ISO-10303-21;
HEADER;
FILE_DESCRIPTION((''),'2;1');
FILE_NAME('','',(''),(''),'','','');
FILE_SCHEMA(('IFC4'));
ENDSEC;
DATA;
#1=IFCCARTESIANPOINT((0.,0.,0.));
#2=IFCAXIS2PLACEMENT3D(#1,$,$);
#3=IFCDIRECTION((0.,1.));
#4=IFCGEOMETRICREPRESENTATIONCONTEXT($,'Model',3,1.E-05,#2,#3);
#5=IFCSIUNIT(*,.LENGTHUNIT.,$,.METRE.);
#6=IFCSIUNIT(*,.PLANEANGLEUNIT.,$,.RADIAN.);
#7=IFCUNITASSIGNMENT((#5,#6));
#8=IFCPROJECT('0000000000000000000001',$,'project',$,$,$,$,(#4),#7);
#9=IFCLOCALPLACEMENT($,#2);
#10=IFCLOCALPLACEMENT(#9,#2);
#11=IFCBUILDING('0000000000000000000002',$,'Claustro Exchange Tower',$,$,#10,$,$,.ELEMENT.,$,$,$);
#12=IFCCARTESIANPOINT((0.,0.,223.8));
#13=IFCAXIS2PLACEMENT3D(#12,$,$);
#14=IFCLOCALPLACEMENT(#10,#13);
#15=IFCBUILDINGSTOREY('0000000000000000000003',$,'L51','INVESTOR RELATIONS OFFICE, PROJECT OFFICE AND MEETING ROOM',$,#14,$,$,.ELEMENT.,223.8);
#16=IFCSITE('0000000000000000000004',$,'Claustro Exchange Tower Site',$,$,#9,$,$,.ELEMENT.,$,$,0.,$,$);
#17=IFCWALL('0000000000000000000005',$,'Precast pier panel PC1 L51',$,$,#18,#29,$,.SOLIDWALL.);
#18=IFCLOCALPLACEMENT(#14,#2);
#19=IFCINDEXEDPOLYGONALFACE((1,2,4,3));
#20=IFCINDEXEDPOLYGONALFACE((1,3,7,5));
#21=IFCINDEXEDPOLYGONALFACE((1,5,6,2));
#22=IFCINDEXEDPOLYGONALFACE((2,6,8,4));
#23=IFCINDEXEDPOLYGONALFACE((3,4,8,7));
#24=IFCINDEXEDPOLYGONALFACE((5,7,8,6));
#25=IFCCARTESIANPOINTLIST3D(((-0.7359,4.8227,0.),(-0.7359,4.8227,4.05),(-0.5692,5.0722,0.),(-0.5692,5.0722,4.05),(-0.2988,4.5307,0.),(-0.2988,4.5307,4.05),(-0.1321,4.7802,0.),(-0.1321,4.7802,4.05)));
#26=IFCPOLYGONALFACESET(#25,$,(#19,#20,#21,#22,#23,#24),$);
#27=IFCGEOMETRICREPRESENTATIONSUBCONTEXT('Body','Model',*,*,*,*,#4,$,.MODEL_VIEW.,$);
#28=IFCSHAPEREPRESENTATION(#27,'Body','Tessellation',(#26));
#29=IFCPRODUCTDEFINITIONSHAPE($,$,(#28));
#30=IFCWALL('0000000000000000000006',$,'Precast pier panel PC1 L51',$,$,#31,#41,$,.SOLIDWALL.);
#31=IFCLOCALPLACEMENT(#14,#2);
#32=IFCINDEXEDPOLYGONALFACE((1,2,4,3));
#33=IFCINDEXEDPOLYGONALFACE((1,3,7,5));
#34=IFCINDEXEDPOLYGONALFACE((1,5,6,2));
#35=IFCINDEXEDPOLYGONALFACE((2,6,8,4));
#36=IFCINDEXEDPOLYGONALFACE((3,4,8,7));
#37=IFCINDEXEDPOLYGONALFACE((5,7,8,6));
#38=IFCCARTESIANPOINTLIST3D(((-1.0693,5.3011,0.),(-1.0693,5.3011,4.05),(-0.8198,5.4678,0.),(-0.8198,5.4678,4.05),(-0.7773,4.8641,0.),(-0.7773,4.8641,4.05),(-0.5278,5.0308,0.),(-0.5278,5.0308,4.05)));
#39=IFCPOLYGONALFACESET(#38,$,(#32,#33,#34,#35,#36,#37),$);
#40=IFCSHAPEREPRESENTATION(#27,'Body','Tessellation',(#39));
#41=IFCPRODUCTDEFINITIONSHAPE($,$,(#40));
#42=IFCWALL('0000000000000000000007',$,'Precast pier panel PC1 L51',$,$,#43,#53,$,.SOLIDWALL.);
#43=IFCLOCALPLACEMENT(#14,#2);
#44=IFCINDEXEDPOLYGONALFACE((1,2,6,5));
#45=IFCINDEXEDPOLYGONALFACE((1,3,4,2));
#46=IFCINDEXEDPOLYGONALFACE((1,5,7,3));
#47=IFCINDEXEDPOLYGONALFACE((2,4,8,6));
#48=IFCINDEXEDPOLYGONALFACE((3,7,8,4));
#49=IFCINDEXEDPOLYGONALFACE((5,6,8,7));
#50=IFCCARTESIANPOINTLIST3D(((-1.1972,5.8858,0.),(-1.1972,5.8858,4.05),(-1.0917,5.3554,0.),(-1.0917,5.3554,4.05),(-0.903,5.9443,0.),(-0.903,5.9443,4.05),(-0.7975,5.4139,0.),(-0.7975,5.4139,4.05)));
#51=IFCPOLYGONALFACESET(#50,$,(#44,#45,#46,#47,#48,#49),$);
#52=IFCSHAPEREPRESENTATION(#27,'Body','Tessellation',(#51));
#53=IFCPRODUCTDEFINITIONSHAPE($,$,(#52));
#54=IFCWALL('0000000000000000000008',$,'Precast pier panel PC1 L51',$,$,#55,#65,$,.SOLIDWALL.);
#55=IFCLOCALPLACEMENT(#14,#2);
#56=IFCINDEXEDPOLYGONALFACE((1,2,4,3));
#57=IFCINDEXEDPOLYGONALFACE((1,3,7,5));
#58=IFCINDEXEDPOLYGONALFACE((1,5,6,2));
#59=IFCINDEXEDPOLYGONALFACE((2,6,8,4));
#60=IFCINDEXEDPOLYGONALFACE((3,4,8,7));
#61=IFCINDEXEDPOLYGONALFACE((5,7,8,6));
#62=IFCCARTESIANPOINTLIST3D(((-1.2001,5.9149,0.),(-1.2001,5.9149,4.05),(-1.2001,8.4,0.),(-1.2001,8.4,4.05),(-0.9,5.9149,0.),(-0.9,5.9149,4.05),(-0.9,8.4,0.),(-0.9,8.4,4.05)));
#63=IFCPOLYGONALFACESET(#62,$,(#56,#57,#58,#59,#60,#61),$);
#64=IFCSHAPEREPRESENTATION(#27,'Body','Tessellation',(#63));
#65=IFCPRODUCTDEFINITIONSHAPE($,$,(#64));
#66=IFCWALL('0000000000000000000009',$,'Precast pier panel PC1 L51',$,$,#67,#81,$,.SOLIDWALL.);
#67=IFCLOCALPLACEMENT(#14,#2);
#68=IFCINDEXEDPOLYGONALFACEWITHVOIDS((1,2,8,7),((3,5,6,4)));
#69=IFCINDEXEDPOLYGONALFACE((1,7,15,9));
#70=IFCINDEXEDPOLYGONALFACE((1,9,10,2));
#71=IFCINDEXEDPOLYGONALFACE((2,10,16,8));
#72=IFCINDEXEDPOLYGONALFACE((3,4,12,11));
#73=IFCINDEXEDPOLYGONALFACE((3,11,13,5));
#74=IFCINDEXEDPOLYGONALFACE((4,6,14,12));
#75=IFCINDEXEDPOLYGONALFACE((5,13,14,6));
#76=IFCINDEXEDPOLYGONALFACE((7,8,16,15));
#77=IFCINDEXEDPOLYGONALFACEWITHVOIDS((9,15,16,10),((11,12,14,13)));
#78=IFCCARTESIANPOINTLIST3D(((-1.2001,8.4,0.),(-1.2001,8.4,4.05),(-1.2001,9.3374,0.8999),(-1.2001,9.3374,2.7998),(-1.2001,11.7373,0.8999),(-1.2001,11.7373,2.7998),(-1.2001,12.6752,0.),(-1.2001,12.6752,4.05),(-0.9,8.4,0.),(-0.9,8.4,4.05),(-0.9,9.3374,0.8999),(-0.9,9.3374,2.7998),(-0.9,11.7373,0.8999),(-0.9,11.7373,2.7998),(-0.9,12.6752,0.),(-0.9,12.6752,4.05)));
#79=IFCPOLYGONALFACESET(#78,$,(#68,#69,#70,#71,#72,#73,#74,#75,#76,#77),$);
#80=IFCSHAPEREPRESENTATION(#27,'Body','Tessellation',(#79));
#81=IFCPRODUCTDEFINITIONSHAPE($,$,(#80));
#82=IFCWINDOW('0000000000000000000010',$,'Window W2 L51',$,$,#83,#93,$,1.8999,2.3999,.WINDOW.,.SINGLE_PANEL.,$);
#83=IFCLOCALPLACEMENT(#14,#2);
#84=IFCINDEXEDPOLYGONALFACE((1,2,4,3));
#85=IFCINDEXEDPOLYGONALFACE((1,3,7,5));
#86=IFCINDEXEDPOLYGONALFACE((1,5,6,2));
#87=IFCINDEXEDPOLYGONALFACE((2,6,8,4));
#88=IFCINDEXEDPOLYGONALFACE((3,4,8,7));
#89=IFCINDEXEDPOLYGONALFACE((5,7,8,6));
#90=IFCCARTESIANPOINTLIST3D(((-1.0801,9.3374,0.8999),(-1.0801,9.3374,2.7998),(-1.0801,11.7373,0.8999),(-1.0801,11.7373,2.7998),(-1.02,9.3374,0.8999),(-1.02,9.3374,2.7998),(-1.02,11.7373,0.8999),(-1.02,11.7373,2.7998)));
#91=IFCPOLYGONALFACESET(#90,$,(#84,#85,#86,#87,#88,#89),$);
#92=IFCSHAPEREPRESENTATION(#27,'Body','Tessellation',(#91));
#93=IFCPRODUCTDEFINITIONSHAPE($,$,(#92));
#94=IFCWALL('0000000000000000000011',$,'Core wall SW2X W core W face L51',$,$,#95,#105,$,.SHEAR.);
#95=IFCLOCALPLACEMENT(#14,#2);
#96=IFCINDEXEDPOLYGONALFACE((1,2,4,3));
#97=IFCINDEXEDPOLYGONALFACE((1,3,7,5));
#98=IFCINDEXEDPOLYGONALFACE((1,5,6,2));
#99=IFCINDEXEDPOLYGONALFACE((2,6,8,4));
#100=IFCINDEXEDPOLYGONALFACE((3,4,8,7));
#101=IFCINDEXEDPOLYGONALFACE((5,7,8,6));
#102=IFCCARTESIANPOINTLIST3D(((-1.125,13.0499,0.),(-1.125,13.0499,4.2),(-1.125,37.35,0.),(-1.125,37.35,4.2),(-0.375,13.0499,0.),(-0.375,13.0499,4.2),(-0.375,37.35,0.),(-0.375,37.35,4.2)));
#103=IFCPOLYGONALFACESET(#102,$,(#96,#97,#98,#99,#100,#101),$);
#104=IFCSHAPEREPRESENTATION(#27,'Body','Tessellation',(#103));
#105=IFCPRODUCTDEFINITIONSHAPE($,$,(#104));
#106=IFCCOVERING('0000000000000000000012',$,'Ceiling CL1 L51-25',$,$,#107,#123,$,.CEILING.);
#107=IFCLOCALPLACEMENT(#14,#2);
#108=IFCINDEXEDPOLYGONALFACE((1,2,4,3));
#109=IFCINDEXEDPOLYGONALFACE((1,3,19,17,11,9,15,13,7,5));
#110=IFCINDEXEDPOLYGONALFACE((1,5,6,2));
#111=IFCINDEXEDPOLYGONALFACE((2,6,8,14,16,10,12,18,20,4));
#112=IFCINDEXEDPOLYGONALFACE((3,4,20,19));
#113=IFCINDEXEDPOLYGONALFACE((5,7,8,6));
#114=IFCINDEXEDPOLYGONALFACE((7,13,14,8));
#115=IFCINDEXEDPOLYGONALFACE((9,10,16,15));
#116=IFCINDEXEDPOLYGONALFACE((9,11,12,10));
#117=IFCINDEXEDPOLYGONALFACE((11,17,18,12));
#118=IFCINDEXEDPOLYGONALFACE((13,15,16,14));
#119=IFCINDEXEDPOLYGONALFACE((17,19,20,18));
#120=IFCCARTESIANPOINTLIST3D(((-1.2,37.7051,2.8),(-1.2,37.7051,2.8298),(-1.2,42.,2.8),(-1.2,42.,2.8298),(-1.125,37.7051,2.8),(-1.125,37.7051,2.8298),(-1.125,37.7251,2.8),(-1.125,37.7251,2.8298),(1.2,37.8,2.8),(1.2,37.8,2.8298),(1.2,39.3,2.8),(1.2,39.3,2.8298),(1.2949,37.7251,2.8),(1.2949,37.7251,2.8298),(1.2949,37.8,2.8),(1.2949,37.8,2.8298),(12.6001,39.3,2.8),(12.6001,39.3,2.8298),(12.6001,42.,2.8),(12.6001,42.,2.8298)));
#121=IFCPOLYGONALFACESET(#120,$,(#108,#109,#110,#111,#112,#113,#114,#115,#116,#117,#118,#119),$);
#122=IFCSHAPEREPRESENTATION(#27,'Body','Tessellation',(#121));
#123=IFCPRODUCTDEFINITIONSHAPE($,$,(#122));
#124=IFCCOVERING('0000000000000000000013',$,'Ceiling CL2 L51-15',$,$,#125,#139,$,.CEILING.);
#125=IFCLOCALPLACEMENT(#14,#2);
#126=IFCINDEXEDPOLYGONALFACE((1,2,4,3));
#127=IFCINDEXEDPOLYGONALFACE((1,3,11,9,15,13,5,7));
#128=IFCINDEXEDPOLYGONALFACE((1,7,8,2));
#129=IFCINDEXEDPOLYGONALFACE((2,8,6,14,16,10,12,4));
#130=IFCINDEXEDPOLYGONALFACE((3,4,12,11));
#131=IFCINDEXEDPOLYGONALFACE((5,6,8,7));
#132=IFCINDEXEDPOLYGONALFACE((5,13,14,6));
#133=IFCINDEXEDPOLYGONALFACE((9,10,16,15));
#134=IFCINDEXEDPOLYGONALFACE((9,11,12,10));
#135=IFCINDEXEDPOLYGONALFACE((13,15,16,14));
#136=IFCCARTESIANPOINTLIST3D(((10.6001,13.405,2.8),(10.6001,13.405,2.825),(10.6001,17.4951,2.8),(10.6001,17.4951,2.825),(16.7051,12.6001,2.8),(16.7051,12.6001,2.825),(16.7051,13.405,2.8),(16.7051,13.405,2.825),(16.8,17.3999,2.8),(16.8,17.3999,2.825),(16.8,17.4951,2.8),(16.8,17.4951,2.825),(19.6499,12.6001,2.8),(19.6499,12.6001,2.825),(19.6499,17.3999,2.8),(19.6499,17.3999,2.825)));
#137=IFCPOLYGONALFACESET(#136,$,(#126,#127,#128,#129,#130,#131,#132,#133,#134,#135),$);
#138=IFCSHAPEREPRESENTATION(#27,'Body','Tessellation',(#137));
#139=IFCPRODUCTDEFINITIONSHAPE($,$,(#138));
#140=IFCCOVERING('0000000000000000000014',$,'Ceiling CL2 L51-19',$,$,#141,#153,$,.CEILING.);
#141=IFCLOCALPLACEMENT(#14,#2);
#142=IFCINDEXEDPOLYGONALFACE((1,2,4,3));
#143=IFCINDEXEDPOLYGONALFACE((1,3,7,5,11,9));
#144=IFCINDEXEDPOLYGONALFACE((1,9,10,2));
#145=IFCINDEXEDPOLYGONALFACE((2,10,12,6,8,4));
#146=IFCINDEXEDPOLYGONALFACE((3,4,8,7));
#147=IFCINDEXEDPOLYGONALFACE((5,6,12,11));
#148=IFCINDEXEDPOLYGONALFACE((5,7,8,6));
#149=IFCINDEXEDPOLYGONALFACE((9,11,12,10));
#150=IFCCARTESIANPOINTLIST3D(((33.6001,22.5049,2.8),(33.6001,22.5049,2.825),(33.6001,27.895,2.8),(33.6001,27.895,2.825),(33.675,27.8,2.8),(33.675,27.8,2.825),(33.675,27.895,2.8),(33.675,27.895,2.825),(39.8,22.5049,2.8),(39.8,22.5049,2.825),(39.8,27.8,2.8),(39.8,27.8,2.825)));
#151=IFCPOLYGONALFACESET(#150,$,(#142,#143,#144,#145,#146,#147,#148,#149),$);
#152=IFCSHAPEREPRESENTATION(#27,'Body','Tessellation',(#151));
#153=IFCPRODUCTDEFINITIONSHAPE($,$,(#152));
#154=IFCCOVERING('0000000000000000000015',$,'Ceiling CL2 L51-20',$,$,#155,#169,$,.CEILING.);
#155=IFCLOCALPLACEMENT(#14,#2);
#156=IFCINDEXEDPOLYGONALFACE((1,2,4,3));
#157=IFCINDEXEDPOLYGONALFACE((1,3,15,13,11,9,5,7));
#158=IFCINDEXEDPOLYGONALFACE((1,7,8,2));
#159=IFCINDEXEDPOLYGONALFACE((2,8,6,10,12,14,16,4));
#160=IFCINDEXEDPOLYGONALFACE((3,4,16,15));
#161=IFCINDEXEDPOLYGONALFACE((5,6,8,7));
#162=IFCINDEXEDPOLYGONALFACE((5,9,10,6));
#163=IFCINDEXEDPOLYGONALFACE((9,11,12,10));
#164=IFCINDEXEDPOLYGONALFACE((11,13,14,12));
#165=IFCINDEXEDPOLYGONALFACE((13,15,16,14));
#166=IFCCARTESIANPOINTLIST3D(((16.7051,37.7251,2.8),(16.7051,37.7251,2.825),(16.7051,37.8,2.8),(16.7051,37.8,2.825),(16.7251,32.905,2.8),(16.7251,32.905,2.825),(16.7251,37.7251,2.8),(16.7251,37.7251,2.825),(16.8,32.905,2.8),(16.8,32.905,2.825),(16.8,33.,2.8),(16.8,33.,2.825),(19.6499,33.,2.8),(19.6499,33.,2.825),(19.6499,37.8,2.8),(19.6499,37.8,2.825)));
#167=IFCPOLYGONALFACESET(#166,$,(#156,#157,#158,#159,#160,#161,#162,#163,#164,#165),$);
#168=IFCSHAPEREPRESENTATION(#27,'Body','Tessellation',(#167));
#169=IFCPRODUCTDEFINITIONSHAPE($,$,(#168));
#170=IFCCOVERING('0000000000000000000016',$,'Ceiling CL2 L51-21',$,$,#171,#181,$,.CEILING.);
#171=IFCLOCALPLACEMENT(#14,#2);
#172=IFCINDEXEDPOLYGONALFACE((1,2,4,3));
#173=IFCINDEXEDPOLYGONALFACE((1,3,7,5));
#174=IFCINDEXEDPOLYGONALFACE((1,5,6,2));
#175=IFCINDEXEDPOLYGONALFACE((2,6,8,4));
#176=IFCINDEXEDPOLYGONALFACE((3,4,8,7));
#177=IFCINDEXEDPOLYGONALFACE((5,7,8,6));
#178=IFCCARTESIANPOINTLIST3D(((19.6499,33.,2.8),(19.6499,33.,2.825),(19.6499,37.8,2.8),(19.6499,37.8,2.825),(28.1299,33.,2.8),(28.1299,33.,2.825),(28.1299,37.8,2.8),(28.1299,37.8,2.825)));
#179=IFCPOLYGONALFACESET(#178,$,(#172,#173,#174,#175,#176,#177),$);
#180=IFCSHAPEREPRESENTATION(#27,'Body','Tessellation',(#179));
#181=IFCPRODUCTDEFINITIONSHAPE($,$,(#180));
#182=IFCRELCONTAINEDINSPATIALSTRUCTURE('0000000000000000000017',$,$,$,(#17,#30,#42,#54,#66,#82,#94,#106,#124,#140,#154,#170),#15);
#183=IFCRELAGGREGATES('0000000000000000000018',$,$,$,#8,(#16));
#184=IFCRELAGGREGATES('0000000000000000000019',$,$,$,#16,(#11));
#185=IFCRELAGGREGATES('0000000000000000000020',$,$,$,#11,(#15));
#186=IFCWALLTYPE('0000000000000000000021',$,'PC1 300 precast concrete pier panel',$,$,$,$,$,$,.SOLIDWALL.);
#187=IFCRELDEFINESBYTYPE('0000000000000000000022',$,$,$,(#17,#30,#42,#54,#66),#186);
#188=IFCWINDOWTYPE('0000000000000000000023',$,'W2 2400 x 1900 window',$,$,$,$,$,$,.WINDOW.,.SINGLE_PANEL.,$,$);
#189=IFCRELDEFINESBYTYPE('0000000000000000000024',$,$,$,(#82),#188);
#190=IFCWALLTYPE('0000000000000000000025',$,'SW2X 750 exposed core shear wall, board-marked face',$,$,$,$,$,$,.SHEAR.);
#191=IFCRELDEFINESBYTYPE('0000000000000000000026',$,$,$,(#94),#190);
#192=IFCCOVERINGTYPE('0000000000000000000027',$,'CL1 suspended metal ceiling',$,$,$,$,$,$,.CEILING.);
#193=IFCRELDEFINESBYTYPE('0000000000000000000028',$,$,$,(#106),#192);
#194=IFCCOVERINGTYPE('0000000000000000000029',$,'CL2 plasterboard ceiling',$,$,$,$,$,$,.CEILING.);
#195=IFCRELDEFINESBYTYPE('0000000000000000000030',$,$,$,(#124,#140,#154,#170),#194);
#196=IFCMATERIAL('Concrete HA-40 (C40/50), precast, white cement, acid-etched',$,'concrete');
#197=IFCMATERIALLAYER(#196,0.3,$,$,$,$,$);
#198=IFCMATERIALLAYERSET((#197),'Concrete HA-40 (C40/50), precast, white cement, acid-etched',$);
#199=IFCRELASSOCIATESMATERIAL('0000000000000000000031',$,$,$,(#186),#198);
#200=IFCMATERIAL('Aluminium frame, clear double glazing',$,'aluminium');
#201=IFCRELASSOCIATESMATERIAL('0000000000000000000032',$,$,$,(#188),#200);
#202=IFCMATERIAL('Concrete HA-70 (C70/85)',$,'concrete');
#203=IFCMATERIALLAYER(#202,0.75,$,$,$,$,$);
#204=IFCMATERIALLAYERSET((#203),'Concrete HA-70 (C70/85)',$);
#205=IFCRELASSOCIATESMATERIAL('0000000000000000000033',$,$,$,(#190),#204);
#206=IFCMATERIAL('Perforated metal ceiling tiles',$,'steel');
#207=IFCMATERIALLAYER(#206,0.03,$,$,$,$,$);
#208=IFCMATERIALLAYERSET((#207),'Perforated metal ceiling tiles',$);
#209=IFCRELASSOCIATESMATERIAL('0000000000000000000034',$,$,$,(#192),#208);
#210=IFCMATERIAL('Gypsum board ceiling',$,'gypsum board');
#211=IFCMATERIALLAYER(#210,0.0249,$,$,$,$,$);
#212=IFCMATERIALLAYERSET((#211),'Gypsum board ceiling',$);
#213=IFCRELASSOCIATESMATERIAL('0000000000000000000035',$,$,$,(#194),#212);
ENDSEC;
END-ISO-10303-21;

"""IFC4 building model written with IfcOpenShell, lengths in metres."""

from ifc_helpers import new_model, si_unit, direction, frame, frame_2d, origin, place, context, subcontext, project, spatial, polyline, rectangle, outline, extrude, material, layer, layer_set, type_object, element, fill, save


model = new_model("IFC4")

# Units and contexts
model_context = context("Model", 3, precision=1e-05, world=origin(), true_north=direction((0.0, 1.0)))
body_context = subcontext(model_context, "Body", "Model", "MODEL_VIEW")
ifc_project = project(units=[si_unit("LENGTHUNIT", "METRE"), si_unit("PLANEANGLEUNIT", "RADIAN")], contexts=[model_context])

# Site, building, storey
site_placement = place(None, origin())
site = spatial("IfcSite", under=ifc_project, at=site_placement, Name="Claustro Exchange Tower Site", CompositionType="ELEMENT", RefElevation=0.0)
building_placement = place(site_placement, origin())
building = spatial("IfcBuilding", under=site, at=building_placement, Name="Claustro Exchange Tower", CompositionType="ELEMENT")
storey_placement = place(building_placement, frame((0.0, 0.0, 223.8)))
storey = spatial("IfcBuildingStorey", under=building, at=storey_placement, Name="L51", Description="INVESTOR RELATIONS OFFICE, PROJECT OFFICE AND MEETING ROOM", CompositionType="ELEMENT", Elevation=223.8)

# Walls
ifc_material_1 = material(Name="Concrete HA-40 (C40/50), precast, white cement, acid-etched", Category="concrete")
ifc_layer_1 = layer(ifc_material_1, 0.3)
ifc_layer_set_1 = layer_set([ifc_layer_1], Name="Concrete HA-40 (C40/50), precast, white cement, acid-etched")
wall_type_1 = type_object("IfcWallType", Name="PC1 300 precast concrete pier panel", PredefinedType="SOLIDWALL", material=ifc_layer_set_1)
for number, where, z_axis, x_axis, name in (
    (1, (-0.2156, 4.6555, 0.0), (0.0, 0.0, 1.0), (-0.831478, 0.555557, 0.0), "Precast pier panel PC1 L51"),
    (2, (-0.6526, 4.9475, 0.0), (0.0, 0.0, 1.0), (-0.555557, 0.831478, 0.0), "Precast pier panel PC1 L51"),
):
    element("IfcWall", number, at=place(storey_placement, frame(where, z_axis=z_axis, x_axis=x_axis)), inside=storey, type_object=wall_type_1, Name=name, PredefinedType="SOLIDWALL", context=body_context, shape_type="SweptSolid", body=[
        extrude(rectangle(XDim=0.5256, YDim=0.3, at=frame_2d((0.2627, 0.0))), origin(), (0.0, 0.0, 1.0), 4.05),
    ])
wall_1_placement = place(storey_placement, frame((-0.9446, 5.3845, 0.0), z_axis=(0.0, 0.0, 1.0), x_axis=(-0.195074, 0.980789, 0.0)))
element("IfcWall", 3, at=wall_1_placement, inside=storey, type_object=wall_type_1, Name="Precast pier panel PC1 L51", PredefinedType="SOLIDWALL", context=body_context, shape_type="SweptSolid", body=[
    extrude(rectangle(XDim=0.5408, YDim=0.3, at=frame_2d((0.2705, 0.0))), origin(), (0.0, 0.0, 1.0), 4.05),
])
wall_2_placement = place(storey_placement, frame((-1.05, 5.9148, 0.0), z_axis=(0.0, 0.0, 1.0), x_axis=(0.0, 1.0, 0.0)))
element("IfcWall", 4, at=wall_2_placement, inside=storey, type_object=wall_type_1, Name="Precast pier panel PC1 L51", PredefinedType="SOLIDWALL", context=body_context, shape_type="SweptSolid", body=[
    extrude(rectangle(XDim=2.4851, YDim=0.3, at=frame_2d((1.2427, 0.0))), origin(), (0.0, 0.0, 1.0), 4.05),
])

# Wall, opening, window
wall_3_placement = place(storey_placement, frame((-1.05, 8.3999, 0.0), z_axis=(0.0, 0.0, 1.0), x_axis=(0.0, 1.0, 0.0)))
wall_3 = element("IfcWall", 5, at=wall_3_placement, inside=storey, type_object=wall_type_1, Name="Precast pier panel PC1 L51", PredefinedType="SOLIDWALL", context=body_context, shape_type="SweptSolid", body=[
    extrude(rectangle(XDim=4.2751, YDim=0.3, at=frame_2d((2.1377, 0.0))), origin(), (0.0, 0.0, 1.0), 4.05),
])
opening_1_placement = place(wall_3_placement, frame((0.9375, 0.0, 0.8999)))
opening_1 = element("IfcOpeningElement", 6, at=opening_1_placement, cuts=wall_3, PredefinedType="OPENING", context=body_context, shape_type="SweptSolid", body=[
    extrude(rectangle(XDim=2.3999, YDim=1.8999, at=frame_2d((1.2, 0.95))), frame((0.0, 0.1599, 0.0), z_axis=(0.0, -1.0, 0.0), x_axis=(1.0, 0.0, 0.0)), (0.0, 0.0, 1.0), 0.3201),
])
ifc_material_2 = material(Name="Aluminium frame, clear double glazing", Category="aluminium")
window_type = type_object("IfcWindowType", Name="W2 2400 x 1900 window", PartitioningType="SINGLE_PANEL", PredefinedType="WINDOW", material=ifc_material_2)
window_placement = place(opening_1_placement, origin())
window = element("IfcWindow", 7, at=window_placement, inside=storey, type_object=window_type, Name="Window W2 L51", OverallHeight=1.8999, OverallWidth=2.3999, PartitioningType="SINGLE_PANEL", PredefinedType="WINDOW", context=body_context, shape_type="SweptSolid", body=[
    extrude(rectangle(XDim=2.3999, YDim=1.8999, at=frame_2d((1.2, 0.95))), frame((0.0, 0.03, 0.0), z_axis=(0.0, -1.0, 0.0), x_axis=(1.0, 0.0, 0.0)), (0.0, 0.0, 1.0), 0.0601),
])
fill(opening_1, window)

# Wall
ifc_material_3 = material(Name="Concrete HA-70 (C70/85)", Category="concrete")
ifc_layer_2 = layer(ifc_material_3, 0.75)
ifc_layer_set_2 = layer_set([ifc_layer_2], Name="Concrete HA-70 (C70/85)")
wall_type_2 = type_object("IfcWallType", Name="SW2X 750 exposed core shear wall, board-marked face", PredefinedType="SHEAR", material=ifc_layer_set_2)
wall_4_placement = place(storey_placement, frame((-0.75, 13.05, 0.0), z_axis=(0.0, 0.0, 1.0), x_axis=(0.0, 1.0, 0.0)))
element("IfcWall", 8, at=wall_4_placement, inside=storey, type_object=wall_type_2, Name="Core wall SW2X W core W face L51", PredefinedType="SHEAR", context=body_context, shape_type="SweptSolid", body=[
    extrude(rectangle(XDim=24.3, YDim=0.75, at=frame_2d((12.1499, 0.0))), origin(), (0.0, 0.0, 1.0), 4.2),
])

# Coverings
ifc_material_4 = material(Name="Perforated metal ceiling tiles", Category="steel")
ifc_layer_3 = layer(ifc_material_4, 0.03)
ifc_layer_set_3 = layer_set([ifc_layer_3], Name="Perforated metal ceiling tiles")
covering_type_1 = type_object("IfcCoveringType", Name="CL1 suspended metal ceiling", PredefinedType="CEILING", material=ifc_layer_set_3)
covering_1_placement = place(storey_placement, frame((0.0, 0.0, 2.8)))
element("IfcCovering", 9, at=covering_1_placement, inside=storey, type_object=covering_type_1, Name="Ceiling CL1 L51-25", PredefinedType="CEILING", context=body_context, shape_type="SweptSolid", body=[
    extrude(outline(polyline([(-1.125, 37.7251), (1.2949, 37.7251), (1.2949, 37.8), (1.2, 37.8), (1.2, 39.3), (12.6001, 39.3), (12.6001, 42.0), (-1.2, 42.0), (-1.2, 37.7051), (-1.125, 37.7051), (-1.125, 37.7251)])), origin(), (0.0, 0.0, 1.0), 0.0298),
])
ifc_material_5 = material(Name="Gypsum board ceiling", Category="gypsum board")
ifc_layer_4 = layer(ifc_material_5, 0.0249)
ifc_layer_set_4 = layer_set([ifc_layer_4], Name="Gypsum board ceiling")
covering_type_2 = type_object("IfcCoveringType", Name="CL2 plasterboard ceiling", PredefinedType="CEILING", material=ifc_layer_set_4)
covering_2_placement = place(storey_placement, frame((0.0, 0.0, 2.8)))
element("IfcCovering", 10, at=covering_2_placement, inside=storey, type_object=covering_type_2, Name="Ceiling CL2 L51-15", PredefinedType="CEILING", context=body_context, shape_type="SweptSolid", body=[
    extrude(outline(polyline([(19.6499, 17.3999), (16.8, 17.3999), (16.8, 17.4951), (10.6001, 17.4951), (10.6001, 13.405), (16.7051, 13.405), (16.7051, 12.6001), (19.6499, 12.6001), (19.6499, 17.3999)])), origin(), (0.0, 0.0, 1.0), 0.0249),
])
covering_3_placement = place(storey_placement, frame((0.0, 0.0, 2.8)))
element("IfcCovering", 11, at=covering_3_placement, inside=storey, type_object=covering_type_2, Name="Ceiling CL2 L51-19", PredefinedType="CEILING", context=body_context, shape_type="SweptSolid", body=[
    extrude(outline(polyline([(33.6001, 27.895), (33.6001, 22.5049), (39.8, 22.5049), (39.8, 27.8), (33.675, 27.8), (33.675, 27.895), (33.6001, 27.895)])), origin(), (0.0, 0.0, 1.0), 0.0249),
])
covering_4_placement = place(storey_placement, frame((0.0, 0.0, 2.8)))
element("IfcCovering", 12, at=covering_4_placement, inside=storey, type_object=covering_type_2, Name="Ceiling CL2 L51-20", PredefinedType="CEILING", context=body_context, shape_type="SweptSolid", body=[
    extrude(outline(polyline([(19.6499, 37.8), (16.7051, 37.8), (16.7051, 37.7251), (16.7251, 37.7251), (16.7251, 32.905), (16.8, 32.905), (16.8, 33.0), (19.6499, 33.0), (19.6499, 37.8)])), origin(), (0.0, 0.0, 1.0), 0.0249),
])
covering_5_placement = place(storey_placement, frame((0.0, 0.0, 2.8)))
element("IfcCovering", 13, at=covering_5_placement, inside=storey, type_object=covering_type_2, Name="Ceiling CL2 L51-21", PredefinedType="CEILING", context=body_context, shape_type="SweptSolid", body=[
    extrude(outline(polyline([(19.6499, 33.0), (28.1299, 33.0), (28.1299, 37.8), (19.6499, 37.8), (19.6499, 33.0)])), origin(), (0.0, 0.0, 1.0), 0.0249),
])

save(model, "model.ifc")
